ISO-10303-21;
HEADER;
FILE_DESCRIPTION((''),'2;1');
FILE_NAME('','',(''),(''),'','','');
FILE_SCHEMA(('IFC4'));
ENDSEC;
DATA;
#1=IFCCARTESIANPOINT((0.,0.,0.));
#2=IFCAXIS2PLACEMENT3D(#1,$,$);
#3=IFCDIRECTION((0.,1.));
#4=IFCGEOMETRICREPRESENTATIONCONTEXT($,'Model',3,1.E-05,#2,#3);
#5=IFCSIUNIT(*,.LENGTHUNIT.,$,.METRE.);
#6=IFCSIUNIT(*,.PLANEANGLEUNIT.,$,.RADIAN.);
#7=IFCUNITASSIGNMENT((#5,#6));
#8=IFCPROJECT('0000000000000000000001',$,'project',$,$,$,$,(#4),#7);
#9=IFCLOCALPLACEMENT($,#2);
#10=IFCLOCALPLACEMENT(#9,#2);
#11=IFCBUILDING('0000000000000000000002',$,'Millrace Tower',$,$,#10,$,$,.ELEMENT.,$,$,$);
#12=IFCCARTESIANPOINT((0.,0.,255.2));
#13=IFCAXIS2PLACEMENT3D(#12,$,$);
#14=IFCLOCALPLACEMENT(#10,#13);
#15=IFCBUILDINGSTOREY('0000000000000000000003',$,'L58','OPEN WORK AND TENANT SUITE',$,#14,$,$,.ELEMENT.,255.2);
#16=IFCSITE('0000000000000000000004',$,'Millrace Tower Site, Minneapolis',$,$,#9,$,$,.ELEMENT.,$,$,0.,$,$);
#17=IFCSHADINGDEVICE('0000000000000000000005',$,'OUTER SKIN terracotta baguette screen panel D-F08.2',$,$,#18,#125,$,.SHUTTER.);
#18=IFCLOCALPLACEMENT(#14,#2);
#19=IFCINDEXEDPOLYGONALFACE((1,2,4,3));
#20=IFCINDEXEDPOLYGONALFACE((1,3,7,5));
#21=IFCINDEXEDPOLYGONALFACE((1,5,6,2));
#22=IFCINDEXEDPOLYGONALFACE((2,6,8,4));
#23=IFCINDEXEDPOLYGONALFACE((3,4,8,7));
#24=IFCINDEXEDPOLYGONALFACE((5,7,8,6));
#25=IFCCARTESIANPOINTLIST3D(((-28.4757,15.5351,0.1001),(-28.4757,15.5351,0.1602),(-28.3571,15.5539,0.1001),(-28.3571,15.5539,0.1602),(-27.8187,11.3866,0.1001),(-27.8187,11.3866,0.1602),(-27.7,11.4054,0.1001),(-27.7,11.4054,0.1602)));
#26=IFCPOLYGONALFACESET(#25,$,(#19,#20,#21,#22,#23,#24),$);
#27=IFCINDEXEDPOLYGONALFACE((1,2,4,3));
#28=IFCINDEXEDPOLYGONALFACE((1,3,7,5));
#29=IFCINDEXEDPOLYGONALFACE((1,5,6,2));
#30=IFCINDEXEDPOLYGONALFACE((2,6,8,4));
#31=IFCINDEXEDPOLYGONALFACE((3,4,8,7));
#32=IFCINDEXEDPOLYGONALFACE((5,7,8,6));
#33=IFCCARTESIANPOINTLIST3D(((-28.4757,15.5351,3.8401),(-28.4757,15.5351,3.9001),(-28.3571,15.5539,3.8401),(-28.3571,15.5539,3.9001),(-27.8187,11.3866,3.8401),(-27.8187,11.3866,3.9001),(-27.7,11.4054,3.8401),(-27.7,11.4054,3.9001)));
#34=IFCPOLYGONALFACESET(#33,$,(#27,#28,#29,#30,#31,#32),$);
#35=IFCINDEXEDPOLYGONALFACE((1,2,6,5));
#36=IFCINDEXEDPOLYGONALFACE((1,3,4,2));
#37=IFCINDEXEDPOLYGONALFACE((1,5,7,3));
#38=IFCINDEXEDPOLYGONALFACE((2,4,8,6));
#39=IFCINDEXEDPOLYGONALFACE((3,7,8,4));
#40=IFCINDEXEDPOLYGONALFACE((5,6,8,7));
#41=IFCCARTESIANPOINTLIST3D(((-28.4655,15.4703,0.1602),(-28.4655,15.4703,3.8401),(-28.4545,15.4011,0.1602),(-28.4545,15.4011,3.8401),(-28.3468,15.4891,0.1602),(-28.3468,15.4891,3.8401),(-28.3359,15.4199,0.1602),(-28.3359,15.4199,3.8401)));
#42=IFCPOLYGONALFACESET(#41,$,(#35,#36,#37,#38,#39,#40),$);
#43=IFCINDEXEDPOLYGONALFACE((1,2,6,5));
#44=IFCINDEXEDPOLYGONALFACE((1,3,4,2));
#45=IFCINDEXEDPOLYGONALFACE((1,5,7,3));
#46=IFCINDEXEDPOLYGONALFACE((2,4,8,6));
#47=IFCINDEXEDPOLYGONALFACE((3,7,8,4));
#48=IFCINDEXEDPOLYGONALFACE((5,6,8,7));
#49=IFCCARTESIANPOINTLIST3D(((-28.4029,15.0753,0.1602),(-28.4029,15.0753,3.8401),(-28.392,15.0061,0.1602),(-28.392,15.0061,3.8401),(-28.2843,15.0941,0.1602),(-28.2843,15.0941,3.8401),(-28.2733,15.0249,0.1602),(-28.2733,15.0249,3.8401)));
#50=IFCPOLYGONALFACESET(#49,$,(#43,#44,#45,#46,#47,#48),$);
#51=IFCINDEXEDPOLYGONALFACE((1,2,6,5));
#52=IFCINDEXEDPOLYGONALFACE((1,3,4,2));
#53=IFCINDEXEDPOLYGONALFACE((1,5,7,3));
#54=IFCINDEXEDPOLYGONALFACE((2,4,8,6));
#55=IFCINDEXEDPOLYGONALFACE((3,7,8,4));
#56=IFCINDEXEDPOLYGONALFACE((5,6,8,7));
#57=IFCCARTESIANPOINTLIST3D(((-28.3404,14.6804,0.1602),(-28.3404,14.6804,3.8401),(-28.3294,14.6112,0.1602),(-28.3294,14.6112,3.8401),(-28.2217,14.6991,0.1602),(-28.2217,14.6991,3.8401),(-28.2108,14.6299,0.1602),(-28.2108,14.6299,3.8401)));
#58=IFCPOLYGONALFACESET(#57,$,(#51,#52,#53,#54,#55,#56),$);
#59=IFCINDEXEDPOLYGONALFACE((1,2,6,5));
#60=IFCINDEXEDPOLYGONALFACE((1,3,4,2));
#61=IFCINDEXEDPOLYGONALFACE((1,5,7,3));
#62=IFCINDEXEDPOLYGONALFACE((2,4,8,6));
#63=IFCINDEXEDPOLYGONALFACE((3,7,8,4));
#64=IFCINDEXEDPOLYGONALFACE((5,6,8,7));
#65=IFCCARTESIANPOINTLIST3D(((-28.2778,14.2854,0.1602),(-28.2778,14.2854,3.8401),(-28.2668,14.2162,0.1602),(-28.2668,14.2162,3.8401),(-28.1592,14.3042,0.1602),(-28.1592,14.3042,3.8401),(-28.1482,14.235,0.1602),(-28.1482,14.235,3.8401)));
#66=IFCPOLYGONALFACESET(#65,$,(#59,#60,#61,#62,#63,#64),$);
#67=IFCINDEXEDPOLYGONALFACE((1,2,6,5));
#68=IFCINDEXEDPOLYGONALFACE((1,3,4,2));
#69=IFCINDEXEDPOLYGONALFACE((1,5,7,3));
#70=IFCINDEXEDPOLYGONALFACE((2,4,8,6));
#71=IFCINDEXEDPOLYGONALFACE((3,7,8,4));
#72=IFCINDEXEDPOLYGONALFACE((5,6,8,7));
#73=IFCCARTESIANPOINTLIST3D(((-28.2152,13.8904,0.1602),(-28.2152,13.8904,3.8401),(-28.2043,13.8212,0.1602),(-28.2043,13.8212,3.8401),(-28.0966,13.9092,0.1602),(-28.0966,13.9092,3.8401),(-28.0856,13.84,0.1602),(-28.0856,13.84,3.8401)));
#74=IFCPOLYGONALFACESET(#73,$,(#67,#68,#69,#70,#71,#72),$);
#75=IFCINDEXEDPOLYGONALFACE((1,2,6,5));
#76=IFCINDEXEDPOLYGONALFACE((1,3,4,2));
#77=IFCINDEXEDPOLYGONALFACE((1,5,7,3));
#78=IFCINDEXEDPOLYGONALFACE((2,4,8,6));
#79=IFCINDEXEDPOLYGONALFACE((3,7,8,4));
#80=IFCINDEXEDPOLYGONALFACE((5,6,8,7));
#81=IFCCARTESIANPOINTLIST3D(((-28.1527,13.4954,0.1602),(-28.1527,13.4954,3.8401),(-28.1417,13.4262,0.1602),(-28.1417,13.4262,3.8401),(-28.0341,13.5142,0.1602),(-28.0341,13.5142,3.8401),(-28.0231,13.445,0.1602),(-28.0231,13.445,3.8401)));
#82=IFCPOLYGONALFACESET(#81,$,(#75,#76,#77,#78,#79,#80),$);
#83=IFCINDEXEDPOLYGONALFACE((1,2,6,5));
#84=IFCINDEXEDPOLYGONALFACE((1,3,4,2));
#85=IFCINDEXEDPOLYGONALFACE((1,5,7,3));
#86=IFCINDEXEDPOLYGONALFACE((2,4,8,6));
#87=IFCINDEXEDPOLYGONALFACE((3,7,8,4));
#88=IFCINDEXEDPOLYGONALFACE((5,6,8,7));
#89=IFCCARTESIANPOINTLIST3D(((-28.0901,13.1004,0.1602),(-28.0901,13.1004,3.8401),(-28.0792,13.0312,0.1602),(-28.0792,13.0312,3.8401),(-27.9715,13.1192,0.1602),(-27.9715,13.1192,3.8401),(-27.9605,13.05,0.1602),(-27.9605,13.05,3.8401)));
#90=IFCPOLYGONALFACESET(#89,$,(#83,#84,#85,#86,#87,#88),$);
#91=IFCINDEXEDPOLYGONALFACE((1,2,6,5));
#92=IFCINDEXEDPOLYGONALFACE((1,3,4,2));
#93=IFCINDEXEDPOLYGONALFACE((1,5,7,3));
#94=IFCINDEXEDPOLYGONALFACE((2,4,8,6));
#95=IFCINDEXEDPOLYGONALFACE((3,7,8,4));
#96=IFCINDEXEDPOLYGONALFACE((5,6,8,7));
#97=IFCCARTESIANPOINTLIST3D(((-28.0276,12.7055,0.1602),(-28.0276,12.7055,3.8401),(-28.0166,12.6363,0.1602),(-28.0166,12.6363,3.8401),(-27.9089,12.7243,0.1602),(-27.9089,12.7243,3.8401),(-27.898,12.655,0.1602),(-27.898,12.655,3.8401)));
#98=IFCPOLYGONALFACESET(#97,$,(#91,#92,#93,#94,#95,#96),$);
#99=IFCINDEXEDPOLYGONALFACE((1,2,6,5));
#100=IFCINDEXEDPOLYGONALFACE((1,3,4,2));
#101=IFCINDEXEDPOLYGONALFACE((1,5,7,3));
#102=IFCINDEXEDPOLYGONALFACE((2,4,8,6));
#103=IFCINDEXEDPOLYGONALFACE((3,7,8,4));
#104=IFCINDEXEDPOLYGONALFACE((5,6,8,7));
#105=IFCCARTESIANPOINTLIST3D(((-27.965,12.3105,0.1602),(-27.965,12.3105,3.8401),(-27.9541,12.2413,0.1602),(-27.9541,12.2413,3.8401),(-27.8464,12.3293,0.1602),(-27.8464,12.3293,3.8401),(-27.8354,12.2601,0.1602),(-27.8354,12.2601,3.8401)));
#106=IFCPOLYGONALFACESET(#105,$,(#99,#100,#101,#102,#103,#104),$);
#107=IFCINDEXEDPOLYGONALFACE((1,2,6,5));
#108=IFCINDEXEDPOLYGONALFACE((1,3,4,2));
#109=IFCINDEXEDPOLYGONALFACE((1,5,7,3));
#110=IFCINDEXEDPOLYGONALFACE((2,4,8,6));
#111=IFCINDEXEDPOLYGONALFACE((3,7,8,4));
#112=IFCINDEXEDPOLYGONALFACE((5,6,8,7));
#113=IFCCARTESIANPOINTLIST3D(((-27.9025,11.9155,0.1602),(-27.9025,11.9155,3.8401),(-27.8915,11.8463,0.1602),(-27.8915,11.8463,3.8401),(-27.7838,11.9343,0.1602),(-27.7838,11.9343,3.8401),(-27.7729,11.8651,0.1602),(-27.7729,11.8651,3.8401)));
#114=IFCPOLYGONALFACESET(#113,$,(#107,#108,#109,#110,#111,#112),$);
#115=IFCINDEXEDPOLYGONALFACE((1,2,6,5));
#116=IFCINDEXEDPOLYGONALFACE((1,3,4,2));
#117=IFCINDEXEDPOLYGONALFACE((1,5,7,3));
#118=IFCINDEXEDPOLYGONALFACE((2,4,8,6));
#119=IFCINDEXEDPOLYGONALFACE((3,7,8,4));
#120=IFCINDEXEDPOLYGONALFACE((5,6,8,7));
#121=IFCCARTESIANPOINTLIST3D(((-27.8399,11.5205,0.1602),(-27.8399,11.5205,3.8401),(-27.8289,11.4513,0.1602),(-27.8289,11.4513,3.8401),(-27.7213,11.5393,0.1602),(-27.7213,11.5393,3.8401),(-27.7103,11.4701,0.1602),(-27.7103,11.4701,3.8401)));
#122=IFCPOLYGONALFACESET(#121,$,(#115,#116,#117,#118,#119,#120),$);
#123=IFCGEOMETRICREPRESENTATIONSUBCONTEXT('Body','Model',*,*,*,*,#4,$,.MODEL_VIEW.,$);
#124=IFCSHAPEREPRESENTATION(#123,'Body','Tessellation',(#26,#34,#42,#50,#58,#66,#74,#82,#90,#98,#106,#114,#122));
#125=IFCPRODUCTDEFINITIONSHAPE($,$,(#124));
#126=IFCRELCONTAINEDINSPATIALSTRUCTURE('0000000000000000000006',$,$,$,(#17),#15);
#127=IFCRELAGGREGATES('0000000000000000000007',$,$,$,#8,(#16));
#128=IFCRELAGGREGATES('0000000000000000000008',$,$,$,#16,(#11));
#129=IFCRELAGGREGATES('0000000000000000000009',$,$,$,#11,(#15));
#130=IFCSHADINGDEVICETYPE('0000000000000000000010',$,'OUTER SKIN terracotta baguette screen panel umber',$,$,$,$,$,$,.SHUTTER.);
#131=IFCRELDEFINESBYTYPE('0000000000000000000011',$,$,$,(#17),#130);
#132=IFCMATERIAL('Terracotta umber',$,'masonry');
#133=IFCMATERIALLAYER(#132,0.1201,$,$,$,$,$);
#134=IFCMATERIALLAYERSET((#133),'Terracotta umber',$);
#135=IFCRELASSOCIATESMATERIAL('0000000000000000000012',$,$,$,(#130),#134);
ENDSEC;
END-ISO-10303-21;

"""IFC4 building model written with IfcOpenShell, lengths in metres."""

from ifc_helpers import new_model, entity, si_unit, direction, frame, frame_2d, origin, origin_2d, place, context, subcontext, project, spatial, rectangle, extrude, source, transform, mapped, material, layer, layer_set, type_object, element, save


model = new_model("IFC4")

# Units and contexts
model_context = context("Model", 3, precision=1e-05, world=origin(), true_north=direction((0.0, 1.0)))
body_context = subcontext(model_context, "Body", "Model", "MODEL_VIEW")
ifc_project = project(units=[si_unit("LENGTHUNIT", "METRE"), si_unit("PLANEANGLEUNIT", "RADIAN")], contexts=[model_context])

# Site, building, storey
site_placement = place(None, origin())
site = spatial("IfcSite", under=ifc_project, at=site_placement, Name="Millrace Tower Site, Minneapolis", CompositionType="ELEMENT", RefElevation=0.0)
building_placement = place(site_placement, origin())
building = spatial("IfcBuilding", under=site, at=building_placement, Name="Millrace Tower", CompositionType="ELEMENT")
storey_placement = place(building_placement, frame((0.0, 0.0, 255.2)))
storey = spatial("IfcBuildingStorey", under=building, at=storey_placement, Name="L58", Description="OPEN WORK AND TENANT SUITE", CompositionType="ELEMENT", Elevation=255.2)

# Shading device
ifc_material_1 = material(Name="Terracotta umber", Category="masonry")
ifc_layer_1 = layer(ifc_material_1, 0.1201)
ifc_layer_set_1 = layer_set([ifc_layer_1], Name="Terracotta umber")
shading_device_type = type_object("IfcShadingDeviceType", Name="OUTER SKIN terracotta baguette screen panel umber", PredefinedType="SHUTTER", material=ifc_layer_set_1)
cartesian_point_1 = entity("IfcCartesianPoint", [-2.1001, 0.0601])
shared_polyline_1 = entity("IfcPolyline", [cartesian_point_1, entity("IfcCartesianPoint", [2.1001, 0.0601]), entity("IfcCartesianPoint", [2.1001, -0.0601]), entity("IfcCartesianPoint", [-2.1001, -0.0601]), cartesian_point_1])
shared_shape_1 = source(origin(), body_context, "Body", "SweptSolid", [
    entity("IfcExtrudedAreaSolid", entity("IfcArbitraryClosedProfileDef", "AREA", None, shared_polyline_1), entity("IfcAxis2Placement3D", entity("IfcCartesianPoint", [0.0, 0.0, 0.0])), entity("IfcDirection", [0.0, 0.0, 1.0]), 0.0601),
    entity("IfcExtrudedAreaSolid", entity("IfcArbitraryClosedProfileDef", "AREA", None, shared_polyline_1), entity("IfcAxis2Placement3D", entity("IfcCartesianPoint", [0.0, 0.0, 3.74])), entity("IfcDirection", [0.0, 0.0, 1.0]), 0.0601),
    extrude(rectangle(XDim=0.0701, YDim=0.1201, at=frame_2d((-1.9995, 0.0))), frame((0.0, 0.0, 0.0601)), (0.0, 0.0, 1.0), 3.6799),
    extrude(rectangle(XDim=0.0701, YDim=0.1201, at=frame_2d((-1.5996, 0.0))), frame((0.0, 0.0, 0.0601)), (0.0, 0.0, 1.0), 3.6799),
    extrude(rectangle(XDim=0.0701, YDim=0.1201, at=frame_2d((-1.1997, 0.0))), frame((0.0, 0.0, 0.0601)), (0.0, 0.0, 1.0), 3.6799),
    extrude(rectangle(XDim=0.0701, YDim=0.1201, at=frame_2d((-0.7998, 0.0))), frame((0.0, 0.0, 0.0601)), (0.0, 0.0, 1.0), 3.6799),
    extrude(rectangle(XDim=0.0701, YDim=0.1201, at=frame_2d((-0.3999, 0.0))), frame((0.0, 0.0, 0.0601)), (0.0, 0.0, 1.0), 3.6799),
    extrude(rectangle(XDim=0.0701, YDim=0.1201, at=origin_2d()), frame((0.0, 0.0, 0.0601)), (0.0, 0.0, 1.0), 3.6799),
    extrude(rectangle(XDim=0.0701, YDim=0.1201, at=frame_2d((0.3999, 0.0))), frame((0.0, 0.0, 0.0601)), (0.0, 0.0, 1.0), 3.6799),
    extrude(rectangle(XDim=0.0701, YDim=0.1201, at=frame_2d((0.7998, 0.0))), frame((0.0, 0.0, 0.0601)), (0.0, 0.0, 1.0), 3.6799),
    extrude(rectangle(XDim=0.0701, YDim=0.1201, at=frame_2d((1.1997, 0.0))), frame((0.0, 0.0, 0.0601)), (0.0, 0.0, 1.0), 3.6799),
    extrude(rectangle(XDim=0.0701, YDim=0.1201, at=frame_2d((1.5996, 0.0))), frame((0.0, 0.0, 0.0601)), (0.0, 0.0, 1.0), 3.6799),
    extrude(rectangle(XDim=0.0701, YDim=0.1201, at=frame_2d((1.9995, 0.0))), frame((0.0, 0.0, 0.0601)), (0.0, 0.0, 1.0), 3.6799),
])
shading_device_1_placement = place(storey_placement, frame((-28.0879, 13.4702, 0.1001), z_axis=(0.0, 0.0, 1.0), x_axis=(0.156434, -0.987688, 0.0)))
element("IfcShadingDevice", 1, at=shading_device_1_placement, inside=storey, type_object=shading_device_type, Name="OUTER SKIN terracotta baguette screen panel D-F08.2", PredefinedType="SHUTTER", context=body_context, shape_type="MappedRepresentation", body=[
    mapped(shared_shape_1, transform((0.0, 0.0, 0.0), scale=1.0)),
])

save(model, "model.ifc")
